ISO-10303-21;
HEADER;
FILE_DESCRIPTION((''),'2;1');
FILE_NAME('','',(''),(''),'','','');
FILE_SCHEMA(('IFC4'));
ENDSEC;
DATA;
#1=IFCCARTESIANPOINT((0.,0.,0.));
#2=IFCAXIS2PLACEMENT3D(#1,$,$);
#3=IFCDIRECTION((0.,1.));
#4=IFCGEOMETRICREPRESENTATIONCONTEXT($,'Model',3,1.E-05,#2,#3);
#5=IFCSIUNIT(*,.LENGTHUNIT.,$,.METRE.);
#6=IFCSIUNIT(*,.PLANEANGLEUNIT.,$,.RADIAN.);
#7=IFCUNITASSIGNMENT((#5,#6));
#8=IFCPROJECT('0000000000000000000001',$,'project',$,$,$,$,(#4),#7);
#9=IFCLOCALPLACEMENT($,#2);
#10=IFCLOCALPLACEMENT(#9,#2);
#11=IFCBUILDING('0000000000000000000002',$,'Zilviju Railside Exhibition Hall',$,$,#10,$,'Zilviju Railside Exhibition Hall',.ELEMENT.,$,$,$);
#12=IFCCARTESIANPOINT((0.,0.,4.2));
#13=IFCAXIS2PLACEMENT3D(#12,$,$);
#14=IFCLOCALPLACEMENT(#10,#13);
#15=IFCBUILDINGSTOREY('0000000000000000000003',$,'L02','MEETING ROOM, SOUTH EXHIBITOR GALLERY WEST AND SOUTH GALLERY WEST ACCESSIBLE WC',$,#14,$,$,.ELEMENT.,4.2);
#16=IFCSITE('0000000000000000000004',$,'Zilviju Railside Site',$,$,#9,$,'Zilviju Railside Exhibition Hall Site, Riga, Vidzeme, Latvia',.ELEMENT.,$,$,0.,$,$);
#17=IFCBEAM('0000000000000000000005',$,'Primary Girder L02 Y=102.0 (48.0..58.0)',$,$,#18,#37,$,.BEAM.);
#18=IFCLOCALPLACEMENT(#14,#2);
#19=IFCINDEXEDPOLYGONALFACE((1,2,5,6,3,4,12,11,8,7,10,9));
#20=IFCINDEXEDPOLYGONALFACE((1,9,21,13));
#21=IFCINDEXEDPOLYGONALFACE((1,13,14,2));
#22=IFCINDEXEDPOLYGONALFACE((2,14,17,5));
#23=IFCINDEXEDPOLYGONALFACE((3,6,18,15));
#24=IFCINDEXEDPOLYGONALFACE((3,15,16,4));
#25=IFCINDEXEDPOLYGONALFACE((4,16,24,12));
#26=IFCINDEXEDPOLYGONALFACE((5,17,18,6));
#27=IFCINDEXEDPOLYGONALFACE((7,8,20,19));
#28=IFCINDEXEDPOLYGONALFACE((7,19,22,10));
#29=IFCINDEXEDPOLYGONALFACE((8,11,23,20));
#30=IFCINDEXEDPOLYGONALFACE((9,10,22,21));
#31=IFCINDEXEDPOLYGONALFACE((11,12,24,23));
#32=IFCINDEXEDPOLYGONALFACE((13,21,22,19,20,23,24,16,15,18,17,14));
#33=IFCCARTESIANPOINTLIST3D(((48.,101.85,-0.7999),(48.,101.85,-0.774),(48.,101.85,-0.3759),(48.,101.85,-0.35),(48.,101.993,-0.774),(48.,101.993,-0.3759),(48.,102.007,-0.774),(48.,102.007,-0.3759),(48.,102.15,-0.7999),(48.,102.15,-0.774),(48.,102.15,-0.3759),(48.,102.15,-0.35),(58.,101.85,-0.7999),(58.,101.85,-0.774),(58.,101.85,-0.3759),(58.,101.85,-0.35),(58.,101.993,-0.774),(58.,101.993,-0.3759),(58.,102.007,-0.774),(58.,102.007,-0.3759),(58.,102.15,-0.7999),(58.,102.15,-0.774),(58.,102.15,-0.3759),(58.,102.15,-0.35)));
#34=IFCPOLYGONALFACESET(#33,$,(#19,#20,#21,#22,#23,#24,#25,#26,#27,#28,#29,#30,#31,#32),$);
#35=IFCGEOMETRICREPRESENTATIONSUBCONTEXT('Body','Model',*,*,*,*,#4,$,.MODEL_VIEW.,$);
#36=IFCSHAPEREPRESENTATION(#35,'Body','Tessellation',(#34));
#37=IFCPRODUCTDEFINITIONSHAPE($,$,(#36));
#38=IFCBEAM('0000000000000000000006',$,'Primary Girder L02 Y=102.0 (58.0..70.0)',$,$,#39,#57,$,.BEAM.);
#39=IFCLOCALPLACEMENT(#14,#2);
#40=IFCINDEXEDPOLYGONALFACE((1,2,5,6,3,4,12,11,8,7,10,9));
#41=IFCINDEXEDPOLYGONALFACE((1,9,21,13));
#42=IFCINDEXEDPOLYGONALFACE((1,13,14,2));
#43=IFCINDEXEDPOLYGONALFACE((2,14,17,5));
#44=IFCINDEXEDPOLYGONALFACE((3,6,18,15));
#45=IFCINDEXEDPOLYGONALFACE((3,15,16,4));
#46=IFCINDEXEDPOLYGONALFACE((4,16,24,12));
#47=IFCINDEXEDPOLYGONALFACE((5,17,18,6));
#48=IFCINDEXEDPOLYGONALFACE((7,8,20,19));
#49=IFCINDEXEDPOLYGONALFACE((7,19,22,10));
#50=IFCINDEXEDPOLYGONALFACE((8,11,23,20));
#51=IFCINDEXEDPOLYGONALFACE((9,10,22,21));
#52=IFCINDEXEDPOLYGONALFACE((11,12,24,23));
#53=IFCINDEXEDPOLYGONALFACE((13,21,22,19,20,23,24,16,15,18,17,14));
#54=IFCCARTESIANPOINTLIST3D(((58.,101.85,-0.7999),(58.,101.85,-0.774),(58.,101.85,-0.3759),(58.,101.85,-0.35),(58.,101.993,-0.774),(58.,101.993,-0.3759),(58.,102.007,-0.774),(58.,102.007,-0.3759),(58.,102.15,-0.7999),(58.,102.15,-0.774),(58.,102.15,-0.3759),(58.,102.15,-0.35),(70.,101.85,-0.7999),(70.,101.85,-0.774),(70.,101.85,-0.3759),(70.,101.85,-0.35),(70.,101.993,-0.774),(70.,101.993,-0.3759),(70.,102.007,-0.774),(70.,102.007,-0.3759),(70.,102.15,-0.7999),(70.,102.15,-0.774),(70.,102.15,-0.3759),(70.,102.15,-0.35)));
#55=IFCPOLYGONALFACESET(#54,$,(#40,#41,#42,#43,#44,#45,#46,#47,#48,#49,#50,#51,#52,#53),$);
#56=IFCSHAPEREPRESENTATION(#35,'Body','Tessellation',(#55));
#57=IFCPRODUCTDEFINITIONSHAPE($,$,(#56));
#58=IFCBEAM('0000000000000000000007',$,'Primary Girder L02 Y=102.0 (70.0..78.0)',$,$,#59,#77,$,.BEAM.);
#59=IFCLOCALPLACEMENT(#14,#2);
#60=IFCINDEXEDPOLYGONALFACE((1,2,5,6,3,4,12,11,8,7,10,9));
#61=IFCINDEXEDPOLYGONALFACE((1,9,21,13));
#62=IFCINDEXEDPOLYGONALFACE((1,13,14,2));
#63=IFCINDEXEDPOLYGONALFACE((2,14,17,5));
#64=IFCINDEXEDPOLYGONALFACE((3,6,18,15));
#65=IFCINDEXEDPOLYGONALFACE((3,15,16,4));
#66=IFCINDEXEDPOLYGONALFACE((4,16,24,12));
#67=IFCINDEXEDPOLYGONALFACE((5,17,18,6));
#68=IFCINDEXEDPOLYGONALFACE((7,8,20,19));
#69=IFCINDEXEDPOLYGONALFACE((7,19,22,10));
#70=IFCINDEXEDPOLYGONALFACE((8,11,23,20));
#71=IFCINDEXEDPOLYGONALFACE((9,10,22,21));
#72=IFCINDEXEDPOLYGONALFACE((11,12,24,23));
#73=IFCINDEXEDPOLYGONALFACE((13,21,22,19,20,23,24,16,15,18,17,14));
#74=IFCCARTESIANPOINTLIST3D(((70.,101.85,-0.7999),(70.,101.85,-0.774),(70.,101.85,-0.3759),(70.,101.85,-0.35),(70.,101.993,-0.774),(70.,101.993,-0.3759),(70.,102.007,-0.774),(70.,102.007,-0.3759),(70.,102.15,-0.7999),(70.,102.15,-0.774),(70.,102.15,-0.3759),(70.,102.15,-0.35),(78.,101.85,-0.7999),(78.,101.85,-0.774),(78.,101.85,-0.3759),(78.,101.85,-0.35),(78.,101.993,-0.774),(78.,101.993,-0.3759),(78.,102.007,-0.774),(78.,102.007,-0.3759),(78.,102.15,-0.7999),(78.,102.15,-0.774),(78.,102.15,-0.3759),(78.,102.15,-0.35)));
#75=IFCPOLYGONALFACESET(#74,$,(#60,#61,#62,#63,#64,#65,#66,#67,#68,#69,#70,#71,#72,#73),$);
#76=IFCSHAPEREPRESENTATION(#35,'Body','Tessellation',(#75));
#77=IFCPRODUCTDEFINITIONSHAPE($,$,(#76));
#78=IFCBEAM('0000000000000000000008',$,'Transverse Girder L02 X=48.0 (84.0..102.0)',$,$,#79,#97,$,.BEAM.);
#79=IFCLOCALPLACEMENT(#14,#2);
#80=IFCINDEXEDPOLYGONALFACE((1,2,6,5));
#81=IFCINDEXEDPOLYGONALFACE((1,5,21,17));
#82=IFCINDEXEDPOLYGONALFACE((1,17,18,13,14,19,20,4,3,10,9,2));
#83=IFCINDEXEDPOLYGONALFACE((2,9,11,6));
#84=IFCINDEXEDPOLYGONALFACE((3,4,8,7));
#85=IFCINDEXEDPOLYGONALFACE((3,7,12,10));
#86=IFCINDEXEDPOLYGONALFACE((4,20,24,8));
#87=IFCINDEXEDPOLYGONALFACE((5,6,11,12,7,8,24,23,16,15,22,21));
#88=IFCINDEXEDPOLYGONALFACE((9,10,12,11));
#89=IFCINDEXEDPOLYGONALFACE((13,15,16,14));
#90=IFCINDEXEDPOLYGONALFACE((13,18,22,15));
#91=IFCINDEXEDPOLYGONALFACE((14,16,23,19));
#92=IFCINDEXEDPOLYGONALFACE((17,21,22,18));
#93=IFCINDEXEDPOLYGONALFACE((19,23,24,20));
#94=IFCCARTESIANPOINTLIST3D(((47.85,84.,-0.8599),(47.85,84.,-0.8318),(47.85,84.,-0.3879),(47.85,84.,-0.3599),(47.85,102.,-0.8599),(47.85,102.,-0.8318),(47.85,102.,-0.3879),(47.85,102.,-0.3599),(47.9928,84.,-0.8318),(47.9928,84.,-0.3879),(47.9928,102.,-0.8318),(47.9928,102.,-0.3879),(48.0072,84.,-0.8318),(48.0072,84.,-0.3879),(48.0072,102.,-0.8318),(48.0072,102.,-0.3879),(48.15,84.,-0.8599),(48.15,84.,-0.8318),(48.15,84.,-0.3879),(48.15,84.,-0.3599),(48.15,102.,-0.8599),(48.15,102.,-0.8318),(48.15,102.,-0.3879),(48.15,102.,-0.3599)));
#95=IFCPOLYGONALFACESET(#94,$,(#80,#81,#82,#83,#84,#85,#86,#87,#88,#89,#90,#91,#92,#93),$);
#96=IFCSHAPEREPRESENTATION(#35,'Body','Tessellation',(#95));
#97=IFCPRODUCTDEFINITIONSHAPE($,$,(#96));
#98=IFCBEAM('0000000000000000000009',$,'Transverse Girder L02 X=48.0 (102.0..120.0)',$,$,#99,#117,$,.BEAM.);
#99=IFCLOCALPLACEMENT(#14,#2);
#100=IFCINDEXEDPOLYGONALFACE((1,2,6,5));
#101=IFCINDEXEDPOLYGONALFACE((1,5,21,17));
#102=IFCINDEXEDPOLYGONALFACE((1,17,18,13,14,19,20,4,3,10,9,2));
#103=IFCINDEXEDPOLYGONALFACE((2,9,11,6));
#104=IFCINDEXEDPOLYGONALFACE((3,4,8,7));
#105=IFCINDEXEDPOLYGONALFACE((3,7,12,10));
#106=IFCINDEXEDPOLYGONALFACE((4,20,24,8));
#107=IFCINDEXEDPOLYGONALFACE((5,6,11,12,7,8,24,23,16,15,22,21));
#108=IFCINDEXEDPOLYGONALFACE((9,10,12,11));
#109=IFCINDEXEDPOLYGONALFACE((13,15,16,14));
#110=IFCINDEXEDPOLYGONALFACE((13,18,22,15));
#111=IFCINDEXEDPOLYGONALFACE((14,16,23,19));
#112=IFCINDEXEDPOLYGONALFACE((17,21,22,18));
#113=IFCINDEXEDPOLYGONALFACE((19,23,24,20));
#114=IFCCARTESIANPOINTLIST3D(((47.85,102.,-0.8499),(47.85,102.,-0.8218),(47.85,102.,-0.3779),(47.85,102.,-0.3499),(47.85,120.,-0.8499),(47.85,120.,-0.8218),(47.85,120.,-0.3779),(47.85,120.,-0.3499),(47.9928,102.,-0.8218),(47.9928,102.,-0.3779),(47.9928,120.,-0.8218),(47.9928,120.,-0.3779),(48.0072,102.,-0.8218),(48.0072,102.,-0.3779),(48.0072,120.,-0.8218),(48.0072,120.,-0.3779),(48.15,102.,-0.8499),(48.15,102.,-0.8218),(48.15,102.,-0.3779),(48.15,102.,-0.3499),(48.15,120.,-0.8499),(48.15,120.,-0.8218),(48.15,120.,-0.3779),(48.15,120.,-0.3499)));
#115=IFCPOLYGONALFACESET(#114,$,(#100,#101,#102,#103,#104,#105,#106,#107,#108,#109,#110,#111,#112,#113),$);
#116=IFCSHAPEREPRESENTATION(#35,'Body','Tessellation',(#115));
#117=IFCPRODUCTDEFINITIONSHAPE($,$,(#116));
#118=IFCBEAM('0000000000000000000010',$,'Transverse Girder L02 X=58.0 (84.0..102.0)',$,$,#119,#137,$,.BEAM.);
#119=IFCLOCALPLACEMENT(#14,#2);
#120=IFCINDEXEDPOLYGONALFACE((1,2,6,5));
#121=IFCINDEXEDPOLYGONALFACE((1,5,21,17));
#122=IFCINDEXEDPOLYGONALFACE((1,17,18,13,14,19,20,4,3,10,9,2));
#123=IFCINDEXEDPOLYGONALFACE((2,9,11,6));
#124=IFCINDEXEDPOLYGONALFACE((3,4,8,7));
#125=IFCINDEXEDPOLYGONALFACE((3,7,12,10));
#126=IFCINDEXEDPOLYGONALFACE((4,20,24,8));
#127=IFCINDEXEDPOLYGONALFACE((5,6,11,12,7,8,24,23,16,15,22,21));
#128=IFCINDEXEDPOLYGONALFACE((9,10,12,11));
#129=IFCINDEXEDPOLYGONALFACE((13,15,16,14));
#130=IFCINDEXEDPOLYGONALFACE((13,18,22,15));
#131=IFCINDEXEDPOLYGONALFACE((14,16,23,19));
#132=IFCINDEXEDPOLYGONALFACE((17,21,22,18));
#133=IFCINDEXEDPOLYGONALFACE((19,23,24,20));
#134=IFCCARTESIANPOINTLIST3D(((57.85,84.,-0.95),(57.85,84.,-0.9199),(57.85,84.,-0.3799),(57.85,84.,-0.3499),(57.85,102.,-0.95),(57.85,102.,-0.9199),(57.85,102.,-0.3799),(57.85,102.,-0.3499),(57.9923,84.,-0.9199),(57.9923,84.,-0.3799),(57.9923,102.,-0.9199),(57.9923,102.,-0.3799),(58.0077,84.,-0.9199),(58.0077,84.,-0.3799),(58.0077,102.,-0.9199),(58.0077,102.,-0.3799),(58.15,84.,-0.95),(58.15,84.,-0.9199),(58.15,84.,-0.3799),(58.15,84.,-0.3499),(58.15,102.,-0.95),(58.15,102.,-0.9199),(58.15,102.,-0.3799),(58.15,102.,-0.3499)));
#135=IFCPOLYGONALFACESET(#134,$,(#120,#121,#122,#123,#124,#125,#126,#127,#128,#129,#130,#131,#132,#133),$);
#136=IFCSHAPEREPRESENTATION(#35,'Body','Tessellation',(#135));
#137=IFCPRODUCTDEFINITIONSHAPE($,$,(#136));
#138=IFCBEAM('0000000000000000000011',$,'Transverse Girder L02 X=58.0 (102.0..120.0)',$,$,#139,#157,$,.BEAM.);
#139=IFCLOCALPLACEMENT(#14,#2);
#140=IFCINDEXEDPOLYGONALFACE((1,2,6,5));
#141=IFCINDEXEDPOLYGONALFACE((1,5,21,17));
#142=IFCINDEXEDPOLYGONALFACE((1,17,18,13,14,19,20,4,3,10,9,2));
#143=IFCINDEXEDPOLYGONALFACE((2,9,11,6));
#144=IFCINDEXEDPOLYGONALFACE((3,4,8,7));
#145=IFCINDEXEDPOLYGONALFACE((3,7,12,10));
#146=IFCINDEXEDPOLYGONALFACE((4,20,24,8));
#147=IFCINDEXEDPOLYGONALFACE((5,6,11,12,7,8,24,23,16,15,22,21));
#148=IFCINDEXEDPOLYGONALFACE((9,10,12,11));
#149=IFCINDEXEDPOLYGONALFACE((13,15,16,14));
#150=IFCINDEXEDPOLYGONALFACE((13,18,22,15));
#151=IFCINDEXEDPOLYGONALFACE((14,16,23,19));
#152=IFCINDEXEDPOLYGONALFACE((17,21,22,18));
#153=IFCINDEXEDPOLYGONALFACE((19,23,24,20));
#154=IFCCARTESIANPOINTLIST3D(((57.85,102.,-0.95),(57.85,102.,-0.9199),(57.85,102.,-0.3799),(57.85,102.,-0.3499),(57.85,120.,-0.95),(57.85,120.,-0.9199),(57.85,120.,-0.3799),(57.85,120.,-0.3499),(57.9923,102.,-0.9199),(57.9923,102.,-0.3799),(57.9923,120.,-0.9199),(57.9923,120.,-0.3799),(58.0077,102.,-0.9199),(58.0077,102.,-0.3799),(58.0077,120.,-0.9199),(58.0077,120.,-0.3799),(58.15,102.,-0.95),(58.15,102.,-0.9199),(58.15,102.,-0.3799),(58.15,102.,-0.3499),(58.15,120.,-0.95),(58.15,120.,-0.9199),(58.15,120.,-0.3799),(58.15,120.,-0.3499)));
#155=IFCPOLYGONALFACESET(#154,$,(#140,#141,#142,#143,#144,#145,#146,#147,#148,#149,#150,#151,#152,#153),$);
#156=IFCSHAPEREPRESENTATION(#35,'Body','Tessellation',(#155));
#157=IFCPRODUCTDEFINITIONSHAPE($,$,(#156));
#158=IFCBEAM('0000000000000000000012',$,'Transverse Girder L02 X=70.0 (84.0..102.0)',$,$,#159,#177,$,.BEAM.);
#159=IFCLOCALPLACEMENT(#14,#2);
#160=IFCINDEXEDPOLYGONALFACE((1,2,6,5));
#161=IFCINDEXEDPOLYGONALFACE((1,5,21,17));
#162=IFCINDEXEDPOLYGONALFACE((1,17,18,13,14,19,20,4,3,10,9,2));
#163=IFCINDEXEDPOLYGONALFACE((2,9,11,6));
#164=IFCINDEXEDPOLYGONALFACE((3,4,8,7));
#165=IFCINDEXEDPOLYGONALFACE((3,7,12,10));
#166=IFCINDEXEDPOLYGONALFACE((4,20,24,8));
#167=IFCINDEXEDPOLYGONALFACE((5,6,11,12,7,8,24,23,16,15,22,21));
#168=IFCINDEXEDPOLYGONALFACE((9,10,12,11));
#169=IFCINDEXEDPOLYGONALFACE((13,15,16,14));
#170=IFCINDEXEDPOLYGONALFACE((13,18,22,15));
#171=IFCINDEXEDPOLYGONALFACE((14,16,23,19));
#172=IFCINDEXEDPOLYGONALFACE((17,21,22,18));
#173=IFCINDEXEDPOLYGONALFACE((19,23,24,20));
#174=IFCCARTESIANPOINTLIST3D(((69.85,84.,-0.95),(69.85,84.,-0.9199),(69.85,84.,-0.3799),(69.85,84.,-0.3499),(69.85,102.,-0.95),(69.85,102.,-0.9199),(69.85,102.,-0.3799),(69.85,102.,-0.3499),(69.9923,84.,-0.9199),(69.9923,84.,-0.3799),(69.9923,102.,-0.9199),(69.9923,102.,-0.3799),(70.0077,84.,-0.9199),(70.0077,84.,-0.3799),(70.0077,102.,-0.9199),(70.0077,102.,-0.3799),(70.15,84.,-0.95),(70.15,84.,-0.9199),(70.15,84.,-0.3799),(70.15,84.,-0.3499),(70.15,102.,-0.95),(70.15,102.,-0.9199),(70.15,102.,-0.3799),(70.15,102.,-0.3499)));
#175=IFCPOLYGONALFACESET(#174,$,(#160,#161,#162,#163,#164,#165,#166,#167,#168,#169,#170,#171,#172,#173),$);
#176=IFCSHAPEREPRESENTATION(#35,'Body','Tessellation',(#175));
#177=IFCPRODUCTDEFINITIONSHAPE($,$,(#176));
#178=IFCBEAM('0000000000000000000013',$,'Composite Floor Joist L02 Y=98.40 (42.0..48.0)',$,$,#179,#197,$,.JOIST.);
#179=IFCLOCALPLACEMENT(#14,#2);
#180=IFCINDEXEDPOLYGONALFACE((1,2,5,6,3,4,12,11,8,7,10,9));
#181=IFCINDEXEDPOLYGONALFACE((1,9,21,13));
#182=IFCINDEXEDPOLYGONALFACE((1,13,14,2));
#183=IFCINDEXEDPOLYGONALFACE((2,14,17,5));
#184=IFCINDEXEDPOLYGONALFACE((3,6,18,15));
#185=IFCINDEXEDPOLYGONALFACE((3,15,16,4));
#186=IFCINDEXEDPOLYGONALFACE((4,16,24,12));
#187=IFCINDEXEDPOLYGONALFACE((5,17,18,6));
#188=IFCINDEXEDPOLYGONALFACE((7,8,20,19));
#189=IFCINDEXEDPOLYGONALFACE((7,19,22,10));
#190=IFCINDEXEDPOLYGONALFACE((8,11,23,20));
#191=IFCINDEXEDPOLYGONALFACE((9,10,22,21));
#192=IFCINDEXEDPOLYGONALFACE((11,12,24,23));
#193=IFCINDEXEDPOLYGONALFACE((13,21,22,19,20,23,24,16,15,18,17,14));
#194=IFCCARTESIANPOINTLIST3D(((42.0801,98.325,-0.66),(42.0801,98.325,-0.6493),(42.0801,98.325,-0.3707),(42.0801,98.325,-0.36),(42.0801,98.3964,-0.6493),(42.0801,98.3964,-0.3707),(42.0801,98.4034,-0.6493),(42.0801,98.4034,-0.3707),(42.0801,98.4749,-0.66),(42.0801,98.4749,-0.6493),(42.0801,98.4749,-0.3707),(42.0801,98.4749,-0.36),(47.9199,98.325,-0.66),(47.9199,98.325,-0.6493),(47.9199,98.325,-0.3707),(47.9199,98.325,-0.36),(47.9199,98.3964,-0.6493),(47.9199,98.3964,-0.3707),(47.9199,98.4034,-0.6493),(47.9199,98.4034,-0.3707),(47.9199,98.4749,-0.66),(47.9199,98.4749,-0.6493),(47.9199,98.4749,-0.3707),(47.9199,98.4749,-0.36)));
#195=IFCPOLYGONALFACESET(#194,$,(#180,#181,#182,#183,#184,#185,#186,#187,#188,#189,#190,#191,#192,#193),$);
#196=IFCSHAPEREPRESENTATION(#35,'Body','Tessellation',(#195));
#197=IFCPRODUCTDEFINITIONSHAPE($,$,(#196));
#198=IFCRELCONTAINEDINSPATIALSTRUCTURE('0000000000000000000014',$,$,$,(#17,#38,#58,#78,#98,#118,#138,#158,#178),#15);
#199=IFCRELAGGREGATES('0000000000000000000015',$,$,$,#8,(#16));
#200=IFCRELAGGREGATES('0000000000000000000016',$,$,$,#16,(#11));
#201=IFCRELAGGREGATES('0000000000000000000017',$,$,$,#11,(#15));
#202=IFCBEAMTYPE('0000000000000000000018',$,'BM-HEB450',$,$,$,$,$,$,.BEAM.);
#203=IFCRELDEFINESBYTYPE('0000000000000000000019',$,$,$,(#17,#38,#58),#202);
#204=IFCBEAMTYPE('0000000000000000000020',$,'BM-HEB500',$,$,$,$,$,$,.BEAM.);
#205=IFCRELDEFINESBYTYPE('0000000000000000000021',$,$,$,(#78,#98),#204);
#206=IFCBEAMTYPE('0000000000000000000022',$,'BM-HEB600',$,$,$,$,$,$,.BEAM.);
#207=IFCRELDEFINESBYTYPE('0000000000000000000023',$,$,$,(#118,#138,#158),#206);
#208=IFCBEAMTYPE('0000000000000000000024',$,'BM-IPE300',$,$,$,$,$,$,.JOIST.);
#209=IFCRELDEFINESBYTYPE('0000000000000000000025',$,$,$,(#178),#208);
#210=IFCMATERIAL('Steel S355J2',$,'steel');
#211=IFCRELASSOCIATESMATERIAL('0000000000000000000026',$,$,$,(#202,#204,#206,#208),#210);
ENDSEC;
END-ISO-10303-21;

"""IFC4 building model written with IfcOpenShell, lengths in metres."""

from ifc_helpers import new_model, si_unit, direction, frame, origin, origin_2d, place, context, subcontext, project, spatial, i_section, extrude, material, material_profile, profile_set, type_object, element, save


model = new_model("IFC4")

# Units and contexts
model_context = context("Model", 3, precision=1e-05, world=origin(), true_north=direction((0.0, 1.0)))
body_context = subcontext(model_context, "Body", "Model", "MODEL_VIEW")
ifc_project = project(units=[si_unit("LENGTHUNIT", "METRE"), si_unit("PLANEANGLEUNIT", "RADIAN")], contexts=[model_context])

# Site, building, storey
site_placement = place(None, origin())
site = spatial("IfcSite", under=ifc_project, at=site_placement, Name="Zilviju Railside Site", LongName="Zilviju Railside Exhibition Hall Site, Riga, Vidzeme, Latvia", CompositionType="ELEMENT", RefElevation=0.0)
building_placement = place(site_placement, origin())
building = spatial("IfcBuilding", under=site, at=building_placement, Name="Zilviju Railside Exhibition Hall", LongName="Zilviju Railside Exhibition Hall", CompositionType="ELEMENT")
storey_placement = place(building_placement, frame((0.0, 0.0, 4.2)))
storey = spatial("IfcBuildingStorey", under=building, at=storey_placement, Name="L02", Description="MEETING ROOM, SOUTH EXHIBITOR GALLERY WEST AND SOUTH GALLERY WEST ACCESSIBLE WC", CompositionType="ELEMENT", Elevation=4.2)

# Shared definitions
ifc_material_1 = material(Name="Steel S355J2", Category="steel")

# Beams
ifc_material_profile_1 = material_profile(ifc_material_1, i_section(OverallWidth=0.3, OverallDepth=0.45, WebThickness=0.0139, FlangeThickness=0.0259, at=origin_2d()), Name="HEB 450")
ifc_profile_set_1 = profile_set([ifc_material_profile_1], Name="Steel S355J2")
beam_type_1 = type_object("IfcBeamType", Name="BM-HEB450", PredefinedType="BEAM", material=ifc_profile_set_1)
beam_1_placement = place(storey_placement, frame((48.0, 102.0, -0.575), z_axis=(1.0, 0.0, 0.0), x_axis=(0.0, 1.0, 0.0)))
element("IfcBeam", 1, at=beam_1_placement, inside=storey, type_object=beam_type_1, Name="Primary Girder L02 Y=102.0 (48.0..58.0)", PredefinedType="BEAM", context=body_context, shape_type="SweptSolid", body=[
    extrude(i_section(OverallWidth=0.3, OverallDepth=0.45, WebThickness=0.0139, FlangeThickness=0.0259, at=origin_2d()), origin(), (0.0, 0.0, 1.0), 10.0),
])
beam_2_placement = place(storey_placement, frame((58.0, 102.0, -0.575), z_axis=(1.0, 0.0, 0.0), x_axis=(0.0, 1.0, 0.0)))
element("IfcBeam", 2, at=beam_2_placement, inside=storey, type_object=beam_type_1, Name="Primary Girder L02 Y=102.0 (58.0..70.0)", PredefinedType="BEAM", context=body_context, shape_type="SweptSolid", body=[
    extrude(i_section(OverallWidth=0.3, OverallDepth=0.45, WebThickness=0.0139, FlangeThickness=0.0259, at=origin_2d()), origin(), (0.0, 0.0, 1.0), 12.0),
])
beam_3_placement = place(storey_placement, frame((70.0, 102.0, -0.575), z_axis=(1.0, 0.0, 0.0), x_axis=(0.0, 1.0, 0.0)))
element("IfcBeam", 3, at=beam_3_placement, inside=storey, type_object=beam_type_1, Name="Primary Girder L02 Y=102.0 (70.0..78.0)", PredefinedType="BEAM", context=body_context, shape_type="SweptSolid", body=[
    extrude(i_section(OverallWidth=0.3, OverallDepth=0.45, WebThickness=0.0139, FlangeThickness=0.0259, at=origin_2d()), origin(), (0.0, 0.0, 1.0), 8.0),
])
ifc_material_profile_2 = material_profile(ifc_material_1, i_section(OverallWidth=0.3, OverallDepth=0.5, WebThickness=0.0144, FlangeThickness=0.0281, at=origin_2d()), Name="HEB 500")
ifc_profile_set_2 = profile_set([ifc_material_profile_2], Name="Steel S355J2")
beam_type_2 = type_object("IfcBeamType", Name="BM-HEB500", PredefinedType="BEAM", material=ifc_profile_set_2)
for number, where, z_axis, x_axis, name in (
    (4, (48.0, 84.0, -0.6099), (0.0, 1.0, 0.0), (-1.0, 0.0, 0.0), "Transverse Girder L02 X=48.0 (84.0..102.0)"),
    (5, (48.0, 102.0, -0.5999), (0.0, 1.0, 0.0), (-1.0, 0.0, 0.0), "Transverse Girder L02 X=48.0 (102.0..120.0)"),
):
    element("IfcBeam", number, at=place(storey_placement, frame(where, z_axis=z_axis, x_axis=x_axis)), inside=storey, type_object=beam_type_2, Name=name, PredefinedType="BEAM", context=body_context, shape_type="SweptSolid", body=[
        extrude(i_section(OverallWidth=0.3, OverallDepth=0.5, WebThickness=0.0144, FlangeThickness=0.0281, at=origin_2d()), origin(), (0.0, 0.0, 1.0), 18.0),
    ])
ifc_material_profile_3 = material_profile(ifc_material_1, i_section(OverallWidth=0.3, OverallDepth=0.6001, WebThickness=0.0154, FlangeThickness=0.03, at=origin_2d()), Name="HEB 600")
ifc_profile_set_3 = profile_set([ifc_material_profile_3], Name="Steel S355J2")
beam_type_3 = type_object("IfcBeamType", Name="BM-HEB600", PredefinedType="BEAM", material=ifc_profile_set_3)
for number, where, z_axis, x_axis, name in (
    (6, (58.0, 84.0, -0.6499), (0.0, 1.0, 0.0), (-1.0, 0.0, 0.0), "Transverse Girder L02 X=58.0 (84.0..102.0)"),
    (7, (58.0, 102.0, -0.6499), (0.0, 1.0, 0.0), (-1.0, 0.0, 0.0), "Transverse Girder L02 X=58.0 (102.0..120.0)"),
    (8, (70.0, 84.0, -0.6499), (0.0, 1.0, 0.0), (-1.0, 0.0, 0.0), "Transverse Girder L02 X=70.0 (84.0..102.0)"),
):
    element("IfcBeam", number, at=place(storey_placement, frame(where, z_axis=z_axis, x_axis=x_axis)), inside=storey, type_object=beam_type_3, Name=name, PredefinedType="BEAM", context=body_context, shape_type="SweptSolid", body=[
        extrude(i_section(OverallWidth=0.3, OverallDepth=0.6001, WebThickness=0.0154, FlangeThickness=0.03, at=origin_2d()), origin(), (0.0, 0.0, 1.0), 18.0),
    ])
ifc_material_profile_4 = material_profile(ifc_material_1, i_section(OverallWidth=0.1499, OverallDepth=0.3, WebThickness=0.0071, FlangeThickness=0.0107, at=origin_2d()), Name="IPE 300")
ifc_profile_set_4 = profile_set([ifc_material_profile_4], Name="Steel S355J2")
beam_type_4 = type_object("IfcBeamType", Name="BM-IPE300", PredefinedType="JOIST", material=ifc_profile_set_4)
beam_4_placement = place(storey_placement, frame((42.0801, 98.3999, -0.51), z_axis=(1.0, 0.0, 0.0), x_axis=(0.0, 1.0, 0.0)))
element("IfcBeam", 9, at=beam_4_placement, inside=storey, type_object=beam_type_4, Name="Composite Floor Joist L02 Y=98.40 (42.0..48.0)", PredefinedType="JOIST", context=body_context, shape_type="SweptSolid", body=[
    extrude(i_section(OverallWidth=0.1499, OverallDepth=0.3, WebThickness=0.0071, FlangeThickness=0.0107, at=origin_2d()), origin(), (0.0, 0.0, 1.0), 5.8398),
])

save(model, "model.ifc")
